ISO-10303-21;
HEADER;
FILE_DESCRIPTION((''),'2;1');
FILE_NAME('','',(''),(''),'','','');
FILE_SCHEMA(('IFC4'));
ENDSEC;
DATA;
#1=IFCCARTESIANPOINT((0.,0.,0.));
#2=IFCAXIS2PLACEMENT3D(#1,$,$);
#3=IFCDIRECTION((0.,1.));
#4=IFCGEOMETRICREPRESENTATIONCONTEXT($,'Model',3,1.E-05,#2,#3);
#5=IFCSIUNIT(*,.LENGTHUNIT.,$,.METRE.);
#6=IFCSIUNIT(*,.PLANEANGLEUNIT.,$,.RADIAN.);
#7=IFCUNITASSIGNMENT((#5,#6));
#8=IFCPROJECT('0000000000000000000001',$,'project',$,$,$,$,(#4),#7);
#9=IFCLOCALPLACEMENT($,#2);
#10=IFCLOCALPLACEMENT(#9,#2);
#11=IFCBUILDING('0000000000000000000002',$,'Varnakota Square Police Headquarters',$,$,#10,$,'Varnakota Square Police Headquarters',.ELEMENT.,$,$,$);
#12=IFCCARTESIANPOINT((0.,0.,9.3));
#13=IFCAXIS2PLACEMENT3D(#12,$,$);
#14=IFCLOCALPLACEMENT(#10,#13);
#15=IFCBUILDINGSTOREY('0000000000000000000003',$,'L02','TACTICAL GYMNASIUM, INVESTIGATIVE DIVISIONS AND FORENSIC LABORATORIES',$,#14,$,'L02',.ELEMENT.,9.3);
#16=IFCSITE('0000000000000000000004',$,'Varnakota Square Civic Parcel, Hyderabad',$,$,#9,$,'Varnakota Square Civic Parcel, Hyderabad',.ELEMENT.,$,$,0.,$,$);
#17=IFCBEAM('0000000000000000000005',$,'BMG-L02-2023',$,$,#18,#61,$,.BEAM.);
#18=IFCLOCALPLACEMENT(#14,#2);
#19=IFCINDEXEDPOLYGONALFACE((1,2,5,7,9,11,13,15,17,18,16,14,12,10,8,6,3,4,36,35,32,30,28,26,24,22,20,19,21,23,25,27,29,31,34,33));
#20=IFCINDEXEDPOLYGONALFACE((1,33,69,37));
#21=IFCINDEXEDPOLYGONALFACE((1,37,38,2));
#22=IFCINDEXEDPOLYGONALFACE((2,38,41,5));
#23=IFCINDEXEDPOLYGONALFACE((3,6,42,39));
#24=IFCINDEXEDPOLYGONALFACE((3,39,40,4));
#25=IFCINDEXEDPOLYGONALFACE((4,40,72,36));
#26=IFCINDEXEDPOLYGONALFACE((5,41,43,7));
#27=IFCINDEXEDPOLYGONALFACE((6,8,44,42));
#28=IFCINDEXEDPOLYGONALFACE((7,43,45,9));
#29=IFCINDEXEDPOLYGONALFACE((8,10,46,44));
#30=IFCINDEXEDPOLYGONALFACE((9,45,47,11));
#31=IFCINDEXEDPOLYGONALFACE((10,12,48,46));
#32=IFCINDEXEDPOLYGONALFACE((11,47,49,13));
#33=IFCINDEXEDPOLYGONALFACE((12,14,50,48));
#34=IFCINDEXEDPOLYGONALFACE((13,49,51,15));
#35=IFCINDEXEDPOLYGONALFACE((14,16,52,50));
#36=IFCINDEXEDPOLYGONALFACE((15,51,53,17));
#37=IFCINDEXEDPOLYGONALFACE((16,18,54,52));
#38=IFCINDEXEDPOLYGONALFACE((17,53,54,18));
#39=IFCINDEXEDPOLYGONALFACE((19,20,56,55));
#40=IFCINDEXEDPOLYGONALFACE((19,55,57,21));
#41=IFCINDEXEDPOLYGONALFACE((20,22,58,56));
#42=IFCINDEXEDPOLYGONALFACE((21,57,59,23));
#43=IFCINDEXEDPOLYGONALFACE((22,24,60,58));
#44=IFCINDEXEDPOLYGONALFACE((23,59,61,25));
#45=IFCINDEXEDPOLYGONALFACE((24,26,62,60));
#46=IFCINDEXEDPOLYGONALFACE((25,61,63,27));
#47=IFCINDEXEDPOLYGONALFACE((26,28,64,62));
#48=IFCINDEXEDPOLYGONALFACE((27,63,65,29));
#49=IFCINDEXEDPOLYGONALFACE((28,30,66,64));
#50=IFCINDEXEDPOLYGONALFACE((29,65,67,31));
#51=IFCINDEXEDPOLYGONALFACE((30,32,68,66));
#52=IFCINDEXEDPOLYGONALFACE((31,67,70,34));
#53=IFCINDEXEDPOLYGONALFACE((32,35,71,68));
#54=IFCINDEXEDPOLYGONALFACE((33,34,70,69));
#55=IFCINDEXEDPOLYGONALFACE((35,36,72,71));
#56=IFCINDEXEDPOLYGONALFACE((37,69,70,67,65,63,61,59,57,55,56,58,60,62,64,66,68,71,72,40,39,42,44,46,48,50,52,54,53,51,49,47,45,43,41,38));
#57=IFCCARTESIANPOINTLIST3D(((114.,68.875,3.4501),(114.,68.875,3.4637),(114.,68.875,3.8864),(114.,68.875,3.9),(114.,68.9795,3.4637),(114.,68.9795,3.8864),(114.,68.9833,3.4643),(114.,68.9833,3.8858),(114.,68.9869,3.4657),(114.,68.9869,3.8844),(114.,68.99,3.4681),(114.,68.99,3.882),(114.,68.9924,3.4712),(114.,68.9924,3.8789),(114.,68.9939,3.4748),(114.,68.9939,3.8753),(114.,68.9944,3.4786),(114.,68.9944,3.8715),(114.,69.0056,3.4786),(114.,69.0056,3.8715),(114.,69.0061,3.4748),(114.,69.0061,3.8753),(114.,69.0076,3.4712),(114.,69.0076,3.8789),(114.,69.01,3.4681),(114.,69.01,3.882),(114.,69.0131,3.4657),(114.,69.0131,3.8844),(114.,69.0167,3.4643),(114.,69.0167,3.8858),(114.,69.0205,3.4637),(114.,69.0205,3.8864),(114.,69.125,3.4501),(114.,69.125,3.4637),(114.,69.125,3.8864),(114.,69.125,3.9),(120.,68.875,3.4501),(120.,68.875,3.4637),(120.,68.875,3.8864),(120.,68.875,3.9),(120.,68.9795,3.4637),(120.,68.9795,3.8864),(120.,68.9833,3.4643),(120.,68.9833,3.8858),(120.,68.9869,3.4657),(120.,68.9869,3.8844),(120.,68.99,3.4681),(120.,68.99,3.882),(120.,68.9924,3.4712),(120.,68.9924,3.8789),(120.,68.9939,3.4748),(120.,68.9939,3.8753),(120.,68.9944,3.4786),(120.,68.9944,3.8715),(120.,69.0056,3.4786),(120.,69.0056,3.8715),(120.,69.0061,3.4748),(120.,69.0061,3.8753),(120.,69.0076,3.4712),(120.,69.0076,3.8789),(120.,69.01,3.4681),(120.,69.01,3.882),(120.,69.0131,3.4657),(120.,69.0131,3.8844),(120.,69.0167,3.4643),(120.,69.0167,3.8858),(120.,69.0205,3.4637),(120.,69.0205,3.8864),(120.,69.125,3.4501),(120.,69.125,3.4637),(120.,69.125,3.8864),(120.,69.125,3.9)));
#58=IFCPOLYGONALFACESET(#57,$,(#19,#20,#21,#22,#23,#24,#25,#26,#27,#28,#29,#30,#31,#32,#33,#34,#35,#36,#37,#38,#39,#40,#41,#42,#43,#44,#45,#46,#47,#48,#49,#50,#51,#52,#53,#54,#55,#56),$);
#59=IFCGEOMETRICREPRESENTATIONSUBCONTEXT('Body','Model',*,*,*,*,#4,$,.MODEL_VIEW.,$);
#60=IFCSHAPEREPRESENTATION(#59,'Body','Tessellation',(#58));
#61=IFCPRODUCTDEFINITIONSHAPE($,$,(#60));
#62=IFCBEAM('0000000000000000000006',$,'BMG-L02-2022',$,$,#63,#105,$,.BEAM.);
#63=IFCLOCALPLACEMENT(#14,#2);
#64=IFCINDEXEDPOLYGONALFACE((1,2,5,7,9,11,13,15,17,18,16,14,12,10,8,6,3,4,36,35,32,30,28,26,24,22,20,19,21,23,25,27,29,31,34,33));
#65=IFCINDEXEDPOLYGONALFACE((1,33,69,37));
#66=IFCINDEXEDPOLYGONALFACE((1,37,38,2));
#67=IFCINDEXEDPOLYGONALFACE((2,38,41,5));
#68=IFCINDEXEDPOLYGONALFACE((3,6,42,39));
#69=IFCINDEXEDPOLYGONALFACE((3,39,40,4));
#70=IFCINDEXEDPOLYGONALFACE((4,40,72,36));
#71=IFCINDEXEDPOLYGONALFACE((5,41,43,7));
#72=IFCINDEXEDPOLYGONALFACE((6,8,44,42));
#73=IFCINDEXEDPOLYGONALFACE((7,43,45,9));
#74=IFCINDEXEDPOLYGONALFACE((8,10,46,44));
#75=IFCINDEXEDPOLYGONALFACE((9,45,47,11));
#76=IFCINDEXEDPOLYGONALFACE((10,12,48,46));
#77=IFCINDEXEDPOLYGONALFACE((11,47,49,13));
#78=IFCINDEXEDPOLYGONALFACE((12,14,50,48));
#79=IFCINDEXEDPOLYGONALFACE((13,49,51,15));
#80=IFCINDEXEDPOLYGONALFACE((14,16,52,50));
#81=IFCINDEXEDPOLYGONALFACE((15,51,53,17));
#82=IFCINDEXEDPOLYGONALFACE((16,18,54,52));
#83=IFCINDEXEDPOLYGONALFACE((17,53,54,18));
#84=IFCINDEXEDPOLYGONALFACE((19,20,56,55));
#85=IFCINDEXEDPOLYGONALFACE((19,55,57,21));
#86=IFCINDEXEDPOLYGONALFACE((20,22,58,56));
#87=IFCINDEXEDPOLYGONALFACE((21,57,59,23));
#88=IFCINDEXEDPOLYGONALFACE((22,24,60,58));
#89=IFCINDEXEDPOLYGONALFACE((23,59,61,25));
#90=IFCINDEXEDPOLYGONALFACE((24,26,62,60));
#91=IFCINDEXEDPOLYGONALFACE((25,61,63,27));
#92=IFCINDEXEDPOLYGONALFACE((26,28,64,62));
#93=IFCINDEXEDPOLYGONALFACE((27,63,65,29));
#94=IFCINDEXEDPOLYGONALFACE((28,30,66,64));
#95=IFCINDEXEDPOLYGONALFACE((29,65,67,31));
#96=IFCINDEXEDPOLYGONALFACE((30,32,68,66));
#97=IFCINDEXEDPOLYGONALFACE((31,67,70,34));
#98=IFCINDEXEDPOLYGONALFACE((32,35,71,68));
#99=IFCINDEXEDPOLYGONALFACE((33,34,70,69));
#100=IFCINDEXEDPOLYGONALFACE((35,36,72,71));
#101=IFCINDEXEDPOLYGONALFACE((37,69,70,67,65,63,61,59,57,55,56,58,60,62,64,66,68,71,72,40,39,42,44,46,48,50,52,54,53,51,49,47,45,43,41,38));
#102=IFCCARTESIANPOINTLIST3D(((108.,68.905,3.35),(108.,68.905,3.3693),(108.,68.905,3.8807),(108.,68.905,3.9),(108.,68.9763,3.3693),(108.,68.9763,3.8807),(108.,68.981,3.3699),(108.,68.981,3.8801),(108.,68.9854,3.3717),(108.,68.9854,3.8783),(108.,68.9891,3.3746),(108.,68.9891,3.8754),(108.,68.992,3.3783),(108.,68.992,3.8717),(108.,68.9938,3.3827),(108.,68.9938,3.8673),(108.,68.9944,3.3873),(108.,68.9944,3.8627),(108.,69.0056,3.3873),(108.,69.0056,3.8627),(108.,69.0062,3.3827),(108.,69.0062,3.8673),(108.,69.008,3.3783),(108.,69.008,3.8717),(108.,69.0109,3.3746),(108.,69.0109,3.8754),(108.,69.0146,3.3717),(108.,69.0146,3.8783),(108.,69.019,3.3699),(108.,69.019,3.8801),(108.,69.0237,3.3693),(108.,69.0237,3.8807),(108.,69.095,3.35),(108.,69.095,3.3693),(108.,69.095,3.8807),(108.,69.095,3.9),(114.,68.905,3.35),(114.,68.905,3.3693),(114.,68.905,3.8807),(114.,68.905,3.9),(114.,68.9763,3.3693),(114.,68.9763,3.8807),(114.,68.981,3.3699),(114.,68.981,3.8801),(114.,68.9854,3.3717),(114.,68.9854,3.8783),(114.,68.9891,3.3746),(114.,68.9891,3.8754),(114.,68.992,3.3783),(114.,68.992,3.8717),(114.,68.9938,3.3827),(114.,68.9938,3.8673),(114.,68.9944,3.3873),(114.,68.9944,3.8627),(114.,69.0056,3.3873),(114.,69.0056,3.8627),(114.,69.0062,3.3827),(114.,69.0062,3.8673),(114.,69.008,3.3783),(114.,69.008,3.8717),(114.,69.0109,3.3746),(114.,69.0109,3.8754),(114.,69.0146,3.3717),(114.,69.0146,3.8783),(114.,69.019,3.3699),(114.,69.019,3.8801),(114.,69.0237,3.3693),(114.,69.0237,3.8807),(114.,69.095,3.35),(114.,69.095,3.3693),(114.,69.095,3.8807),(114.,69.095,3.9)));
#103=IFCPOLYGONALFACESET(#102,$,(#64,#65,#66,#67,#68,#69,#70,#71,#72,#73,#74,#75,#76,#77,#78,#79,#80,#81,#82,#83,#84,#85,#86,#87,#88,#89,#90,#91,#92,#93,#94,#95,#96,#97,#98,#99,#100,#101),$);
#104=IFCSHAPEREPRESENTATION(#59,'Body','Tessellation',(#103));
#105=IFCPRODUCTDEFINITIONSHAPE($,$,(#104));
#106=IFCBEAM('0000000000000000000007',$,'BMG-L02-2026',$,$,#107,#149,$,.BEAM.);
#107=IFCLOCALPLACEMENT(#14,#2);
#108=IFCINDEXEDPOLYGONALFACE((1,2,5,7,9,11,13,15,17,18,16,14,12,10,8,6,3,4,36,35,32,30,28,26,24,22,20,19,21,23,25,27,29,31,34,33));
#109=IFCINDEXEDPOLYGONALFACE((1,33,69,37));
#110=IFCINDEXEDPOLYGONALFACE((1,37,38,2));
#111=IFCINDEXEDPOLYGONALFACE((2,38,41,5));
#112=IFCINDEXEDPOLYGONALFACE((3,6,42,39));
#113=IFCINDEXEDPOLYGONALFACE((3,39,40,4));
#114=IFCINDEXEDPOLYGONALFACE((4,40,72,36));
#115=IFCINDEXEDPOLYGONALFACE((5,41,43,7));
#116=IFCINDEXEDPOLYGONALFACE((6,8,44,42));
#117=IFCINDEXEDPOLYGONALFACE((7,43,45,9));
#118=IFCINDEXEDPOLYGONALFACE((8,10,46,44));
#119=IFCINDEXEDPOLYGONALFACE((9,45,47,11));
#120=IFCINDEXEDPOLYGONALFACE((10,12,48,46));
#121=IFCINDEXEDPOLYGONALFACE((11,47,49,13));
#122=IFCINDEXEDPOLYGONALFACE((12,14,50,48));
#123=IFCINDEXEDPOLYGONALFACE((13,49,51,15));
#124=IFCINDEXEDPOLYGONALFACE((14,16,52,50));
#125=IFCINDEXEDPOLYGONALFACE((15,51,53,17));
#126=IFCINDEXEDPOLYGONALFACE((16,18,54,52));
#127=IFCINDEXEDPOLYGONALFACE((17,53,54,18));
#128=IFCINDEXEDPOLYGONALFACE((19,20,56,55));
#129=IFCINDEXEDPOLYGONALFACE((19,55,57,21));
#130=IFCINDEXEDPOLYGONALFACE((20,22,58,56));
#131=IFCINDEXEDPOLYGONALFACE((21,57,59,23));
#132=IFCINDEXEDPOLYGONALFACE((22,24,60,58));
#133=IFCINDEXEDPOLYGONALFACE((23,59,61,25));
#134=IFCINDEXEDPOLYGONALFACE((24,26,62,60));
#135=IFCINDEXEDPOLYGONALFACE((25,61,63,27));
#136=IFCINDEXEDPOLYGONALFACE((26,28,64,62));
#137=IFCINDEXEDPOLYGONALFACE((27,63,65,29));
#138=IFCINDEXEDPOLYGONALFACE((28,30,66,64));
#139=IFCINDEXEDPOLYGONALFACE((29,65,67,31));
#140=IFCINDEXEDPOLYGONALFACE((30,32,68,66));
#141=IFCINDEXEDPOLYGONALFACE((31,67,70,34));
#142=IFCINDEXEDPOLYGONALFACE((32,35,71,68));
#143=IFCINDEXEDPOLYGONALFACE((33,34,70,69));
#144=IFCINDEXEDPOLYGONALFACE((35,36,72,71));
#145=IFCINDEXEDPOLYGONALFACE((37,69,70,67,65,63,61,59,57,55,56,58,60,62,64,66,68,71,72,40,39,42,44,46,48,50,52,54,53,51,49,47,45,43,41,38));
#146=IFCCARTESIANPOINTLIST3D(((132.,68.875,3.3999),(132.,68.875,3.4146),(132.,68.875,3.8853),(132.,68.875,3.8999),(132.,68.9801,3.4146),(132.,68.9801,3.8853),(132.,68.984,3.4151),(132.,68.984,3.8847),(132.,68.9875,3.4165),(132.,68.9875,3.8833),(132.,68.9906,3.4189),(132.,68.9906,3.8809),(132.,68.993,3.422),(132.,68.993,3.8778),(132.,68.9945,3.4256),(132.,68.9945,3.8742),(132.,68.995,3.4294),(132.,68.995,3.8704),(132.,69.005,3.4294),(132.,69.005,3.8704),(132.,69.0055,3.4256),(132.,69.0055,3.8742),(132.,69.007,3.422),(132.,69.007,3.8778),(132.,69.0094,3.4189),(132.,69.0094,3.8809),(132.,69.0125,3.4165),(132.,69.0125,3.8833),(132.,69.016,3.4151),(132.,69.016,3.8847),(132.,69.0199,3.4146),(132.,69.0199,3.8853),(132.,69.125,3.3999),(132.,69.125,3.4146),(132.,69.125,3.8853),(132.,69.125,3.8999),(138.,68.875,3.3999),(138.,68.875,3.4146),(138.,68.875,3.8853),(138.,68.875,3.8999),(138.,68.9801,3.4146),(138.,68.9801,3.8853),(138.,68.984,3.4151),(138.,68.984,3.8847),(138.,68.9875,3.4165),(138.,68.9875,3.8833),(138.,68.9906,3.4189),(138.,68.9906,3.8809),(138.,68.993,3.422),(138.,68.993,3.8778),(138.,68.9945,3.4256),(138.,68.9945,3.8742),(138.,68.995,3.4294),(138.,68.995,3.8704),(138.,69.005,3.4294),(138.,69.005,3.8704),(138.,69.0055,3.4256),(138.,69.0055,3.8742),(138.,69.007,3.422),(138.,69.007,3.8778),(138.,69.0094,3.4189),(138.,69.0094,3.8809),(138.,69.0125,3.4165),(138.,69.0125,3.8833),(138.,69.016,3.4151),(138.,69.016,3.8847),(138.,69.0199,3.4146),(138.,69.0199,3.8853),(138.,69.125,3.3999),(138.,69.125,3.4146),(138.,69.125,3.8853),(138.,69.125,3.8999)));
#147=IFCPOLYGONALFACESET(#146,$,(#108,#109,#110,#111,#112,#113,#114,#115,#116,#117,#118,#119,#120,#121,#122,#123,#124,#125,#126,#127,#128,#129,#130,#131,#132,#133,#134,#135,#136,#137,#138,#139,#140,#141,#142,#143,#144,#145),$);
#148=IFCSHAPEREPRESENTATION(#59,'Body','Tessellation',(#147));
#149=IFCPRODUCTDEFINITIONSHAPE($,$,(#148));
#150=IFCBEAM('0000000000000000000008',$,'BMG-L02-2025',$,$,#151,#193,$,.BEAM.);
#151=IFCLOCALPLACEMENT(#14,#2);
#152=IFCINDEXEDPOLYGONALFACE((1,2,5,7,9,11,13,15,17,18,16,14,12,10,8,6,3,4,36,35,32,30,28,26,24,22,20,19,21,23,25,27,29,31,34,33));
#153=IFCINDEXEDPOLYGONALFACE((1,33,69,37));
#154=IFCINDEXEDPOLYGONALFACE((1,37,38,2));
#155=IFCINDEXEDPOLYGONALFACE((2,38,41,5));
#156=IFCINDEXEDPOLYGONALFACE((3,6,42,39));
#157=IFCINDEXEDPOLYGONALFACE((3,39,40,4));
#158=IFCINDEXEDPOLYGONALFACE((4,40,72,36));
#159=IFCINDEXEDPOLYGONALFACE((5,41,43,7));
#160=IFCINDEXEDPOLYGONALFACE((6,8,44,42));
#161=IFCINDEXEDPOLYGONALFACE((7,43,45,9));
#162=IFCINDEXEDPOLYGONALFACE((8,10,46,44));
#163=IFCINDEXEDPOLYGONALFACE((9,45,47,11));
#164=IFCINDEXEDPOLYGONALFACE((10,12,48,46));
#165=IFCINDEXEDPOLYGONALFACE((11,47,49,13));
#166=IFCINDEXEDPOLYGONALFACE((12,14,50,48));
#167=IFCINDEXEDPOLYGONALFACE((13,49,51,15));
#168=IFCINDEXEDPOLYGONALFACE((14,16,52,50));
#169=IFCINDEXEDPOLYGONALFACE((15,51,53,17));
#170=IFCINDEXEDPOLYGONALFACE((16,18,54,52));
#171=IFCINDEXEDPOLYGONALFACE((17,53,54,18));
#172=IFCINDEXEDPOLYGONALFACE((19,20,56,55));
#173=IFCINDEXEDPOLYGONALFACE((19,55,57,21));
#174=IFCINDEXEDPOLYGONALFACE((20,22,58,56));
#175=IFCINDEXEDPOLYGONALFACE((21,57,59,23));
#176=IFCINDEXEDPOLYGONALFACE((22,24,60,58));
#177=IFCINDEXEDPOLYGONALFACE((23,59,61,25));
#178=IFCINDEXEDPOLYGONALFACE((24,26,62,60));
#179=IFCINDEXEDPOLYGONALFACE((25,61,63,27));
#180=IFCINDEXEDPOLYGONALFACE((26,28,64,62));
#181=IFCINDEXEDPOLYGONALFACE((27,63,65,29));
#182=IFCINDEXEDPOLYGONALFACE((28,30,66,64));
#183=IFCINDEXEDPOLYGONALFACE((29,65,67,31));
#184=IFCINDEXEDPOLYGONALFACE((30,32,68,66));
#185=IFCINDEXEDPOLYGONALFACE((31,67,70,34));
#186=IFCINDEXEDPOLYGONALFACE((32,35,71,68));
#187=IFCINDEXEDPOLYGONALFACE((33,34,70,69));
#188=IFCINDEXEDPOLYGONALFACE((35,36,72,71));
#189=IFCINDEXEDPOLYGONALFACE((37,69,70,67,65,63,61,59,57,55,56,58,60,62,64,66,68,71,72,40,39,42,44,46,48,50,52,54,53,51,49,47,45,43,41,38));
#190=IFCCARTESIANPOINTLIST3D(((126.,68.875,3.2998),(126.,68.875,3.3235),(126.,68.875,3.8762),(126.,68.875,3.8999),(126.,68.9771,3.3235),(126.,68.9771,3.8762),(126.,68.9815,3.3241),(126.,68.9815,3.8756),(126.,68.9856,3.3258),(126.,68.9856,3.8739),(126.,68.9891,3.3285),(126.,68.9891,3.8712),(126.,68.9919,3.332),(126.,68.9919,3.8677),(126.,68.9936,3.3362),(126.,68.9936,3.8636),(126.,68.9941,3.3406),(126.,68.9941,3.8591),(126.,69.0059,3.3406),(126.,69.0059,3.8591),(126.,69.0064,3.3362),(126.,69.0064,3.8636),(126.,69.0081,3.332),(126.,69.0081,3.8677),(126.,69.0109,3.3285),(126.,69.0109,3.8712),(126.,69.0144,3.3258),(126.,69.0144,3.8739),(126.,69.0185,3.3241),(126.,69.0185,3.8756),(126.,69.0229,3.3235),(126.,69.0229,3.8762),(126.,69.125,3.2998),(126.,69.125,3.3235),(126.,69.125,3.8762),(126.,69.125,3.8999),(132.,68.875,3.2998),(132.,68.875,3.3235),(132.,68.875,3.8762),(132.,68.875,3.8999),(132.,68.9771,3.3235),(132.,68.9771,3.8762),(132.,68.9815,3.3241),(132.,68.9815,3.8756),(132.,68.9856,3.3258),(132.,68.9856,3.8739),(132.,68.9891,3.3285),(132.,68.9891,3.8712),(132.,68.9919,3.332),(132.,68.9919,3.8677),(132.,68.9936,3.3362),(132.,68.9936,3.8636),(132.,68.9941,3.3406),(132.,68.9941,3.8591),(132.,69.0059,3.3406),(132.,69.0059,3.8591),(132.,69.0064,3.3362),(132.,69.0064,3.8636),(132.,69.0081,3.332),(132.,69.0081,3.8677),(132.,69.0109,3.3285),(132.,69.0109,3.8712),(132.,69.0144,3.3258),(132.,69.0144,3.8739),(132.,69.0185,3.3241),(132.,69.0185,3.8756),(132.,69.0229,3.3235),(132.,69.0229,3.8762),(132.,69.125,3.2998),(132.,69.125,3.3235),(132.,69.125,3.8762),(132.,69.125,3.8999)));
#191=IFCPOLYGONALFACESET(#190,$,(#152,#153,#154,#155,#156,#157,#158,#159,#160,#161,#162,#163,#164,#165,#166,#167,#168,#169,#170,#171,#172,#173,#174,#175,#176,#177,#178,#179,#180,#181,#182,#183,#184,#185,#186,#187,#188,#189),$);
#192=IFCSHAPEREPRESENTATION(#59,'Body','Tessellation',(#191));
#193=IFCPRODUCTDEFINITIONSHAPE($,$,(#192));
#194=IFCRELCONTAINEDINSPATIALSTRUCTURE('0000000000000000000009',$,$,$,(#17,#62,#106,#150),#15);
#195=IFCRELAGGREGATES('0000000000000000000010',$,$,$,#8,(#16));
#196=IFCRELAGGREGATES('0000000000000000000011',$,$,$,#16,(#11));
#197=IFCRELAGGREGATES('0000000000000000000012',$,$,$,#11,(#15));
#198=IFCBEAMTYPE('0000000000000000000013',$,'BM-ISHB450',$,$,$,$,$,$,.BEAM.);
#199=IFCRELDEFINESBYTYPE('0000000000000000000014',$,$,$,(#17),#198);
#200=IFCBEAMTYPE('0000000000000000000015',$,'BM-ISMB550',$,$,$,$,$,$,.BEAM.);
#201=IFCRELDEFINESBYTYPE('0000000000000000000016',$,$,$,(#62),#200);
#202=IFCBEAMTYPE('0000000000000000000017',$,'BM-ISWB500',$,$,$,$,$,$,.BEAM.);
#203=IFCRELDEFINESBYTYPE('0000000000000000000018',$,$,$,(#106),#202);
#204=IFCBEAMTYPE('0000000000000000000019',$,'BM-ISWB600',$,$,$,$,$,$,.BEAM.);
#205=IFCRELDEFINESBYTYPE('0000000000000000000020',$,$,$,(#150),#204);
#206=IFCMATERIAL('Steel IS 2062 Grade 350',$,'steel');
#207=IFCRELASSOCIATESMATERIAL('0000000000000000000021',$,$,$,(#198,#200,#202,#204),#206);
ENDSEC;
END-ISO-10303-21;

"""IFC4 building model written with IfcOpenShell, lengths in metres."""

from ifc_helpers import new_model, si_unit, direction, frame, origin, origin_2d, place, context, subcontext, project, spatial, i_section, extrude, material, material_profile, profile_set, type_object, element, save


model = new_model("IFC4")

# Units and contexts
model_context = context("Model", 3, precision=1e-05, world=origin(), true_north=direction((0.0, 1.0)))
body_context = subcontext(model_context, "Body", "Model", "MODEL_VIEW")
ifc_project = project(units=[si_unit("LENGTHUNIT", "METRE"), si_unit("PLANEANGLEUNIT", "RADIAN")], contexts=[model_context])

# Site, building, storey
site_placement = place(None, origin())
site = spatial("IfcSite", under=ifc_project, at=site_placement, Name="Varnakota Square Civic Parcel, Hyderabad", LongName="Varnakota Square Civic Parcel, Hyderabad", CompositionType="ELEMENT", RefElevation=0.0)
building_placement = place(site_placement, origin())
building = spatial("IfcBuilding", under=site, at=building_placement, Name="Varnakota Square Police Headquarters", LongName="Varnakota Square Police Headquarters", CompositionType="ELEMENT")
storey_placement = place(building_placement, frame((0.0, 0.0, 9.3)))
storey = spatial("IfcBuildingStorey", under=building, at=storey_placement, Name="L02", Description="TACTICAL GYMNASIUM, INVESTIGATIVE DIVISIONS AND FORENSIC LABORATORIES", LongName="L02", CompositionType="ELEMENT", Elevation=9.3)

# Shared definitions
ifc_material_1 = material(Name="Steel IS 2062 Grade 350", Category="steel")

# Beams
ifc_material_profile_1 = material_profile(ifc_material_1, i_section(OverallWidth=0.25, OverallDepth=0.45, WebThickness=0.0112, FlangeThickness=0.0137, FilletRadius=0.0149, at=origin_2d()), Name="ISHB 450")
ifc_profile_set_1 = profile_set([ifc_material_profile_1], Name="Steel IS 2062 Grade 350")
beam_type_1 = type_object("IfcBeamType", Name="BM-ISHB450", PredefinedType="BEAM", material=ifc_profile_set_1)
beam_1_placement = place(storey_placement, frame((114.0, 69.0, 3.675), z_axis=(1.0, 0.0, 0.0), x_axis=(0.0, 1.0, 0.0)))
element("IfcBeam", 1, at=beam_1_placement, inside=storey, type_object=beam_type_1, Name="BMG-L02-2023", PredefinedType="BEAM", context=body_context, shape_type="SweptSolid", body=[
    extrude(i_section(OverallWidth=0.25, OverallDepth=0.45, WebThickness=0.0112, FlangeThickness=0.0137, FilletRadius=0.0149, at=origin_2d()), origin(), (0.0, 0.0, 1.0), 6.0),
])
ifc_material_profile_2 = material_profile(ifc_material_1, i_section(OverallWidth=0.1899, OverallDepth=0.55, WebThickness=0.0112, FlangeThickness=0.0193, FilletRadius=0.0181, at=origin_2d()), Name="ISMB 550")
ifc_profile_set_2 = profile_set([ifc_material_profile_2], Name="Steel IS 2062 Grade 350")
beam_type_2 = type_object("IfcBeamType", Name="BM-ISMB550", PredefinedType="BEAM", material=ifc_profile_set_2)
beam_2_placement = place(storey_placement, frame((108.0, 69.0, 3.625), z_axis=(1.0, 0.0, 0.0), x_axis=(0.0, 1.0, 0.0)))
element("IfcBeam", 2, at=beam_2_placement, inside=storey, type_object=beam_type_2, Name="BMG-L02-2022", PredefinedType="BEAM", context=body_context, shape_type="SweptSolid", body=[
    extrude(i_section(OverallWidth=0.1899, OverallDepth=0.55, WebThickness=0.0112, FlangeThickness=0.0193, FilletRadius=0.0181, at=origin_2d()), origin(), (0.0, 0.0, 1.0), 6.0),
])
ifc_material_profile_3 = material_profile(ifc_material_1, i_section(OverallWidth=0.25, OverallDepth=0.5, WebThickness=0.01, FlangeThickness=0.0146, FilletRadius=0.0149, at=origin_2d()), Name="ISWB 500")
ifc_profile_set_3 = profile_set([ifc_material_profile_3], Name="Steel IS 2062 Grade 350")
beam_type_3 = type_object("IfcBeamType", Name="BM-ISWB500", PredefinedType="BEAM", material=ifc_profile_set_3)
beam_3_placement = place(storey_placement, frame((132.0, 69.0, 3.6499), z_axis=(1.0, 0.0, 0.0), x_axis=(0.0, 1.0, 0.0)))
element("IfcBeam", 3, at=beam_3_placement, inside=storey, type_object=beam_type_3, Name="BMG-L02-2026", PredefinedType="BEAM", context=body_context, shape_type="SweptSolid", body=[
    extrude(i_section(OverallWidth=0.25, OverallDepth=0.5, WebThickness=0.01, FlangeThickness=0.0146, FilletRadius=0.0149, at=origin_2d()), origin(), (0.0, 0.0, 1.0), 6.0),
])
ifc_material_profile_4 = material_profile(ifc_material_1, i_section(OverallWidth=0.25, OverallDepth=0.6001, WebThickness=0.0117, FlangeThickness=0.0237, FilletRadius=0.0171, at=origin_2d()), Name="ISWB 600")
ifc_profile_set_4 = profile_set([ifc_material_profile_4], Name="Steel IS 2062 Grade 350")
beam_type_4 = type_object("IfcBeamType", Name="BM-ISWB600", PredefinedType="BEAM", material=ifc_profile_set_4)
beam_4_placement = place(storey_placement, frame((126.0, 69.0, 3.5999), z_axis=(1.0, 0.0, 0.0), x_axis=(0.0, 1.0, 0.0)))
element("IfcBeam", 4, at=beam_4_placement, inside=storey, type_object=beam_type_4, Name="BMG-L02-2025", PredefinedType="BEAM", context=body_context, shape_type="SweptSolid", body=[
    extrude(i_section(OverallWidth=0.25, OverallDepth=0.6001, WebThickness=0.0117, FlangeThickness=0.0237, FilletRadius=0.0171, at=origin_2d()), origin(), (0.0, 0.0, 1.0), 6.0),
])

save(model, "model.ifc")
